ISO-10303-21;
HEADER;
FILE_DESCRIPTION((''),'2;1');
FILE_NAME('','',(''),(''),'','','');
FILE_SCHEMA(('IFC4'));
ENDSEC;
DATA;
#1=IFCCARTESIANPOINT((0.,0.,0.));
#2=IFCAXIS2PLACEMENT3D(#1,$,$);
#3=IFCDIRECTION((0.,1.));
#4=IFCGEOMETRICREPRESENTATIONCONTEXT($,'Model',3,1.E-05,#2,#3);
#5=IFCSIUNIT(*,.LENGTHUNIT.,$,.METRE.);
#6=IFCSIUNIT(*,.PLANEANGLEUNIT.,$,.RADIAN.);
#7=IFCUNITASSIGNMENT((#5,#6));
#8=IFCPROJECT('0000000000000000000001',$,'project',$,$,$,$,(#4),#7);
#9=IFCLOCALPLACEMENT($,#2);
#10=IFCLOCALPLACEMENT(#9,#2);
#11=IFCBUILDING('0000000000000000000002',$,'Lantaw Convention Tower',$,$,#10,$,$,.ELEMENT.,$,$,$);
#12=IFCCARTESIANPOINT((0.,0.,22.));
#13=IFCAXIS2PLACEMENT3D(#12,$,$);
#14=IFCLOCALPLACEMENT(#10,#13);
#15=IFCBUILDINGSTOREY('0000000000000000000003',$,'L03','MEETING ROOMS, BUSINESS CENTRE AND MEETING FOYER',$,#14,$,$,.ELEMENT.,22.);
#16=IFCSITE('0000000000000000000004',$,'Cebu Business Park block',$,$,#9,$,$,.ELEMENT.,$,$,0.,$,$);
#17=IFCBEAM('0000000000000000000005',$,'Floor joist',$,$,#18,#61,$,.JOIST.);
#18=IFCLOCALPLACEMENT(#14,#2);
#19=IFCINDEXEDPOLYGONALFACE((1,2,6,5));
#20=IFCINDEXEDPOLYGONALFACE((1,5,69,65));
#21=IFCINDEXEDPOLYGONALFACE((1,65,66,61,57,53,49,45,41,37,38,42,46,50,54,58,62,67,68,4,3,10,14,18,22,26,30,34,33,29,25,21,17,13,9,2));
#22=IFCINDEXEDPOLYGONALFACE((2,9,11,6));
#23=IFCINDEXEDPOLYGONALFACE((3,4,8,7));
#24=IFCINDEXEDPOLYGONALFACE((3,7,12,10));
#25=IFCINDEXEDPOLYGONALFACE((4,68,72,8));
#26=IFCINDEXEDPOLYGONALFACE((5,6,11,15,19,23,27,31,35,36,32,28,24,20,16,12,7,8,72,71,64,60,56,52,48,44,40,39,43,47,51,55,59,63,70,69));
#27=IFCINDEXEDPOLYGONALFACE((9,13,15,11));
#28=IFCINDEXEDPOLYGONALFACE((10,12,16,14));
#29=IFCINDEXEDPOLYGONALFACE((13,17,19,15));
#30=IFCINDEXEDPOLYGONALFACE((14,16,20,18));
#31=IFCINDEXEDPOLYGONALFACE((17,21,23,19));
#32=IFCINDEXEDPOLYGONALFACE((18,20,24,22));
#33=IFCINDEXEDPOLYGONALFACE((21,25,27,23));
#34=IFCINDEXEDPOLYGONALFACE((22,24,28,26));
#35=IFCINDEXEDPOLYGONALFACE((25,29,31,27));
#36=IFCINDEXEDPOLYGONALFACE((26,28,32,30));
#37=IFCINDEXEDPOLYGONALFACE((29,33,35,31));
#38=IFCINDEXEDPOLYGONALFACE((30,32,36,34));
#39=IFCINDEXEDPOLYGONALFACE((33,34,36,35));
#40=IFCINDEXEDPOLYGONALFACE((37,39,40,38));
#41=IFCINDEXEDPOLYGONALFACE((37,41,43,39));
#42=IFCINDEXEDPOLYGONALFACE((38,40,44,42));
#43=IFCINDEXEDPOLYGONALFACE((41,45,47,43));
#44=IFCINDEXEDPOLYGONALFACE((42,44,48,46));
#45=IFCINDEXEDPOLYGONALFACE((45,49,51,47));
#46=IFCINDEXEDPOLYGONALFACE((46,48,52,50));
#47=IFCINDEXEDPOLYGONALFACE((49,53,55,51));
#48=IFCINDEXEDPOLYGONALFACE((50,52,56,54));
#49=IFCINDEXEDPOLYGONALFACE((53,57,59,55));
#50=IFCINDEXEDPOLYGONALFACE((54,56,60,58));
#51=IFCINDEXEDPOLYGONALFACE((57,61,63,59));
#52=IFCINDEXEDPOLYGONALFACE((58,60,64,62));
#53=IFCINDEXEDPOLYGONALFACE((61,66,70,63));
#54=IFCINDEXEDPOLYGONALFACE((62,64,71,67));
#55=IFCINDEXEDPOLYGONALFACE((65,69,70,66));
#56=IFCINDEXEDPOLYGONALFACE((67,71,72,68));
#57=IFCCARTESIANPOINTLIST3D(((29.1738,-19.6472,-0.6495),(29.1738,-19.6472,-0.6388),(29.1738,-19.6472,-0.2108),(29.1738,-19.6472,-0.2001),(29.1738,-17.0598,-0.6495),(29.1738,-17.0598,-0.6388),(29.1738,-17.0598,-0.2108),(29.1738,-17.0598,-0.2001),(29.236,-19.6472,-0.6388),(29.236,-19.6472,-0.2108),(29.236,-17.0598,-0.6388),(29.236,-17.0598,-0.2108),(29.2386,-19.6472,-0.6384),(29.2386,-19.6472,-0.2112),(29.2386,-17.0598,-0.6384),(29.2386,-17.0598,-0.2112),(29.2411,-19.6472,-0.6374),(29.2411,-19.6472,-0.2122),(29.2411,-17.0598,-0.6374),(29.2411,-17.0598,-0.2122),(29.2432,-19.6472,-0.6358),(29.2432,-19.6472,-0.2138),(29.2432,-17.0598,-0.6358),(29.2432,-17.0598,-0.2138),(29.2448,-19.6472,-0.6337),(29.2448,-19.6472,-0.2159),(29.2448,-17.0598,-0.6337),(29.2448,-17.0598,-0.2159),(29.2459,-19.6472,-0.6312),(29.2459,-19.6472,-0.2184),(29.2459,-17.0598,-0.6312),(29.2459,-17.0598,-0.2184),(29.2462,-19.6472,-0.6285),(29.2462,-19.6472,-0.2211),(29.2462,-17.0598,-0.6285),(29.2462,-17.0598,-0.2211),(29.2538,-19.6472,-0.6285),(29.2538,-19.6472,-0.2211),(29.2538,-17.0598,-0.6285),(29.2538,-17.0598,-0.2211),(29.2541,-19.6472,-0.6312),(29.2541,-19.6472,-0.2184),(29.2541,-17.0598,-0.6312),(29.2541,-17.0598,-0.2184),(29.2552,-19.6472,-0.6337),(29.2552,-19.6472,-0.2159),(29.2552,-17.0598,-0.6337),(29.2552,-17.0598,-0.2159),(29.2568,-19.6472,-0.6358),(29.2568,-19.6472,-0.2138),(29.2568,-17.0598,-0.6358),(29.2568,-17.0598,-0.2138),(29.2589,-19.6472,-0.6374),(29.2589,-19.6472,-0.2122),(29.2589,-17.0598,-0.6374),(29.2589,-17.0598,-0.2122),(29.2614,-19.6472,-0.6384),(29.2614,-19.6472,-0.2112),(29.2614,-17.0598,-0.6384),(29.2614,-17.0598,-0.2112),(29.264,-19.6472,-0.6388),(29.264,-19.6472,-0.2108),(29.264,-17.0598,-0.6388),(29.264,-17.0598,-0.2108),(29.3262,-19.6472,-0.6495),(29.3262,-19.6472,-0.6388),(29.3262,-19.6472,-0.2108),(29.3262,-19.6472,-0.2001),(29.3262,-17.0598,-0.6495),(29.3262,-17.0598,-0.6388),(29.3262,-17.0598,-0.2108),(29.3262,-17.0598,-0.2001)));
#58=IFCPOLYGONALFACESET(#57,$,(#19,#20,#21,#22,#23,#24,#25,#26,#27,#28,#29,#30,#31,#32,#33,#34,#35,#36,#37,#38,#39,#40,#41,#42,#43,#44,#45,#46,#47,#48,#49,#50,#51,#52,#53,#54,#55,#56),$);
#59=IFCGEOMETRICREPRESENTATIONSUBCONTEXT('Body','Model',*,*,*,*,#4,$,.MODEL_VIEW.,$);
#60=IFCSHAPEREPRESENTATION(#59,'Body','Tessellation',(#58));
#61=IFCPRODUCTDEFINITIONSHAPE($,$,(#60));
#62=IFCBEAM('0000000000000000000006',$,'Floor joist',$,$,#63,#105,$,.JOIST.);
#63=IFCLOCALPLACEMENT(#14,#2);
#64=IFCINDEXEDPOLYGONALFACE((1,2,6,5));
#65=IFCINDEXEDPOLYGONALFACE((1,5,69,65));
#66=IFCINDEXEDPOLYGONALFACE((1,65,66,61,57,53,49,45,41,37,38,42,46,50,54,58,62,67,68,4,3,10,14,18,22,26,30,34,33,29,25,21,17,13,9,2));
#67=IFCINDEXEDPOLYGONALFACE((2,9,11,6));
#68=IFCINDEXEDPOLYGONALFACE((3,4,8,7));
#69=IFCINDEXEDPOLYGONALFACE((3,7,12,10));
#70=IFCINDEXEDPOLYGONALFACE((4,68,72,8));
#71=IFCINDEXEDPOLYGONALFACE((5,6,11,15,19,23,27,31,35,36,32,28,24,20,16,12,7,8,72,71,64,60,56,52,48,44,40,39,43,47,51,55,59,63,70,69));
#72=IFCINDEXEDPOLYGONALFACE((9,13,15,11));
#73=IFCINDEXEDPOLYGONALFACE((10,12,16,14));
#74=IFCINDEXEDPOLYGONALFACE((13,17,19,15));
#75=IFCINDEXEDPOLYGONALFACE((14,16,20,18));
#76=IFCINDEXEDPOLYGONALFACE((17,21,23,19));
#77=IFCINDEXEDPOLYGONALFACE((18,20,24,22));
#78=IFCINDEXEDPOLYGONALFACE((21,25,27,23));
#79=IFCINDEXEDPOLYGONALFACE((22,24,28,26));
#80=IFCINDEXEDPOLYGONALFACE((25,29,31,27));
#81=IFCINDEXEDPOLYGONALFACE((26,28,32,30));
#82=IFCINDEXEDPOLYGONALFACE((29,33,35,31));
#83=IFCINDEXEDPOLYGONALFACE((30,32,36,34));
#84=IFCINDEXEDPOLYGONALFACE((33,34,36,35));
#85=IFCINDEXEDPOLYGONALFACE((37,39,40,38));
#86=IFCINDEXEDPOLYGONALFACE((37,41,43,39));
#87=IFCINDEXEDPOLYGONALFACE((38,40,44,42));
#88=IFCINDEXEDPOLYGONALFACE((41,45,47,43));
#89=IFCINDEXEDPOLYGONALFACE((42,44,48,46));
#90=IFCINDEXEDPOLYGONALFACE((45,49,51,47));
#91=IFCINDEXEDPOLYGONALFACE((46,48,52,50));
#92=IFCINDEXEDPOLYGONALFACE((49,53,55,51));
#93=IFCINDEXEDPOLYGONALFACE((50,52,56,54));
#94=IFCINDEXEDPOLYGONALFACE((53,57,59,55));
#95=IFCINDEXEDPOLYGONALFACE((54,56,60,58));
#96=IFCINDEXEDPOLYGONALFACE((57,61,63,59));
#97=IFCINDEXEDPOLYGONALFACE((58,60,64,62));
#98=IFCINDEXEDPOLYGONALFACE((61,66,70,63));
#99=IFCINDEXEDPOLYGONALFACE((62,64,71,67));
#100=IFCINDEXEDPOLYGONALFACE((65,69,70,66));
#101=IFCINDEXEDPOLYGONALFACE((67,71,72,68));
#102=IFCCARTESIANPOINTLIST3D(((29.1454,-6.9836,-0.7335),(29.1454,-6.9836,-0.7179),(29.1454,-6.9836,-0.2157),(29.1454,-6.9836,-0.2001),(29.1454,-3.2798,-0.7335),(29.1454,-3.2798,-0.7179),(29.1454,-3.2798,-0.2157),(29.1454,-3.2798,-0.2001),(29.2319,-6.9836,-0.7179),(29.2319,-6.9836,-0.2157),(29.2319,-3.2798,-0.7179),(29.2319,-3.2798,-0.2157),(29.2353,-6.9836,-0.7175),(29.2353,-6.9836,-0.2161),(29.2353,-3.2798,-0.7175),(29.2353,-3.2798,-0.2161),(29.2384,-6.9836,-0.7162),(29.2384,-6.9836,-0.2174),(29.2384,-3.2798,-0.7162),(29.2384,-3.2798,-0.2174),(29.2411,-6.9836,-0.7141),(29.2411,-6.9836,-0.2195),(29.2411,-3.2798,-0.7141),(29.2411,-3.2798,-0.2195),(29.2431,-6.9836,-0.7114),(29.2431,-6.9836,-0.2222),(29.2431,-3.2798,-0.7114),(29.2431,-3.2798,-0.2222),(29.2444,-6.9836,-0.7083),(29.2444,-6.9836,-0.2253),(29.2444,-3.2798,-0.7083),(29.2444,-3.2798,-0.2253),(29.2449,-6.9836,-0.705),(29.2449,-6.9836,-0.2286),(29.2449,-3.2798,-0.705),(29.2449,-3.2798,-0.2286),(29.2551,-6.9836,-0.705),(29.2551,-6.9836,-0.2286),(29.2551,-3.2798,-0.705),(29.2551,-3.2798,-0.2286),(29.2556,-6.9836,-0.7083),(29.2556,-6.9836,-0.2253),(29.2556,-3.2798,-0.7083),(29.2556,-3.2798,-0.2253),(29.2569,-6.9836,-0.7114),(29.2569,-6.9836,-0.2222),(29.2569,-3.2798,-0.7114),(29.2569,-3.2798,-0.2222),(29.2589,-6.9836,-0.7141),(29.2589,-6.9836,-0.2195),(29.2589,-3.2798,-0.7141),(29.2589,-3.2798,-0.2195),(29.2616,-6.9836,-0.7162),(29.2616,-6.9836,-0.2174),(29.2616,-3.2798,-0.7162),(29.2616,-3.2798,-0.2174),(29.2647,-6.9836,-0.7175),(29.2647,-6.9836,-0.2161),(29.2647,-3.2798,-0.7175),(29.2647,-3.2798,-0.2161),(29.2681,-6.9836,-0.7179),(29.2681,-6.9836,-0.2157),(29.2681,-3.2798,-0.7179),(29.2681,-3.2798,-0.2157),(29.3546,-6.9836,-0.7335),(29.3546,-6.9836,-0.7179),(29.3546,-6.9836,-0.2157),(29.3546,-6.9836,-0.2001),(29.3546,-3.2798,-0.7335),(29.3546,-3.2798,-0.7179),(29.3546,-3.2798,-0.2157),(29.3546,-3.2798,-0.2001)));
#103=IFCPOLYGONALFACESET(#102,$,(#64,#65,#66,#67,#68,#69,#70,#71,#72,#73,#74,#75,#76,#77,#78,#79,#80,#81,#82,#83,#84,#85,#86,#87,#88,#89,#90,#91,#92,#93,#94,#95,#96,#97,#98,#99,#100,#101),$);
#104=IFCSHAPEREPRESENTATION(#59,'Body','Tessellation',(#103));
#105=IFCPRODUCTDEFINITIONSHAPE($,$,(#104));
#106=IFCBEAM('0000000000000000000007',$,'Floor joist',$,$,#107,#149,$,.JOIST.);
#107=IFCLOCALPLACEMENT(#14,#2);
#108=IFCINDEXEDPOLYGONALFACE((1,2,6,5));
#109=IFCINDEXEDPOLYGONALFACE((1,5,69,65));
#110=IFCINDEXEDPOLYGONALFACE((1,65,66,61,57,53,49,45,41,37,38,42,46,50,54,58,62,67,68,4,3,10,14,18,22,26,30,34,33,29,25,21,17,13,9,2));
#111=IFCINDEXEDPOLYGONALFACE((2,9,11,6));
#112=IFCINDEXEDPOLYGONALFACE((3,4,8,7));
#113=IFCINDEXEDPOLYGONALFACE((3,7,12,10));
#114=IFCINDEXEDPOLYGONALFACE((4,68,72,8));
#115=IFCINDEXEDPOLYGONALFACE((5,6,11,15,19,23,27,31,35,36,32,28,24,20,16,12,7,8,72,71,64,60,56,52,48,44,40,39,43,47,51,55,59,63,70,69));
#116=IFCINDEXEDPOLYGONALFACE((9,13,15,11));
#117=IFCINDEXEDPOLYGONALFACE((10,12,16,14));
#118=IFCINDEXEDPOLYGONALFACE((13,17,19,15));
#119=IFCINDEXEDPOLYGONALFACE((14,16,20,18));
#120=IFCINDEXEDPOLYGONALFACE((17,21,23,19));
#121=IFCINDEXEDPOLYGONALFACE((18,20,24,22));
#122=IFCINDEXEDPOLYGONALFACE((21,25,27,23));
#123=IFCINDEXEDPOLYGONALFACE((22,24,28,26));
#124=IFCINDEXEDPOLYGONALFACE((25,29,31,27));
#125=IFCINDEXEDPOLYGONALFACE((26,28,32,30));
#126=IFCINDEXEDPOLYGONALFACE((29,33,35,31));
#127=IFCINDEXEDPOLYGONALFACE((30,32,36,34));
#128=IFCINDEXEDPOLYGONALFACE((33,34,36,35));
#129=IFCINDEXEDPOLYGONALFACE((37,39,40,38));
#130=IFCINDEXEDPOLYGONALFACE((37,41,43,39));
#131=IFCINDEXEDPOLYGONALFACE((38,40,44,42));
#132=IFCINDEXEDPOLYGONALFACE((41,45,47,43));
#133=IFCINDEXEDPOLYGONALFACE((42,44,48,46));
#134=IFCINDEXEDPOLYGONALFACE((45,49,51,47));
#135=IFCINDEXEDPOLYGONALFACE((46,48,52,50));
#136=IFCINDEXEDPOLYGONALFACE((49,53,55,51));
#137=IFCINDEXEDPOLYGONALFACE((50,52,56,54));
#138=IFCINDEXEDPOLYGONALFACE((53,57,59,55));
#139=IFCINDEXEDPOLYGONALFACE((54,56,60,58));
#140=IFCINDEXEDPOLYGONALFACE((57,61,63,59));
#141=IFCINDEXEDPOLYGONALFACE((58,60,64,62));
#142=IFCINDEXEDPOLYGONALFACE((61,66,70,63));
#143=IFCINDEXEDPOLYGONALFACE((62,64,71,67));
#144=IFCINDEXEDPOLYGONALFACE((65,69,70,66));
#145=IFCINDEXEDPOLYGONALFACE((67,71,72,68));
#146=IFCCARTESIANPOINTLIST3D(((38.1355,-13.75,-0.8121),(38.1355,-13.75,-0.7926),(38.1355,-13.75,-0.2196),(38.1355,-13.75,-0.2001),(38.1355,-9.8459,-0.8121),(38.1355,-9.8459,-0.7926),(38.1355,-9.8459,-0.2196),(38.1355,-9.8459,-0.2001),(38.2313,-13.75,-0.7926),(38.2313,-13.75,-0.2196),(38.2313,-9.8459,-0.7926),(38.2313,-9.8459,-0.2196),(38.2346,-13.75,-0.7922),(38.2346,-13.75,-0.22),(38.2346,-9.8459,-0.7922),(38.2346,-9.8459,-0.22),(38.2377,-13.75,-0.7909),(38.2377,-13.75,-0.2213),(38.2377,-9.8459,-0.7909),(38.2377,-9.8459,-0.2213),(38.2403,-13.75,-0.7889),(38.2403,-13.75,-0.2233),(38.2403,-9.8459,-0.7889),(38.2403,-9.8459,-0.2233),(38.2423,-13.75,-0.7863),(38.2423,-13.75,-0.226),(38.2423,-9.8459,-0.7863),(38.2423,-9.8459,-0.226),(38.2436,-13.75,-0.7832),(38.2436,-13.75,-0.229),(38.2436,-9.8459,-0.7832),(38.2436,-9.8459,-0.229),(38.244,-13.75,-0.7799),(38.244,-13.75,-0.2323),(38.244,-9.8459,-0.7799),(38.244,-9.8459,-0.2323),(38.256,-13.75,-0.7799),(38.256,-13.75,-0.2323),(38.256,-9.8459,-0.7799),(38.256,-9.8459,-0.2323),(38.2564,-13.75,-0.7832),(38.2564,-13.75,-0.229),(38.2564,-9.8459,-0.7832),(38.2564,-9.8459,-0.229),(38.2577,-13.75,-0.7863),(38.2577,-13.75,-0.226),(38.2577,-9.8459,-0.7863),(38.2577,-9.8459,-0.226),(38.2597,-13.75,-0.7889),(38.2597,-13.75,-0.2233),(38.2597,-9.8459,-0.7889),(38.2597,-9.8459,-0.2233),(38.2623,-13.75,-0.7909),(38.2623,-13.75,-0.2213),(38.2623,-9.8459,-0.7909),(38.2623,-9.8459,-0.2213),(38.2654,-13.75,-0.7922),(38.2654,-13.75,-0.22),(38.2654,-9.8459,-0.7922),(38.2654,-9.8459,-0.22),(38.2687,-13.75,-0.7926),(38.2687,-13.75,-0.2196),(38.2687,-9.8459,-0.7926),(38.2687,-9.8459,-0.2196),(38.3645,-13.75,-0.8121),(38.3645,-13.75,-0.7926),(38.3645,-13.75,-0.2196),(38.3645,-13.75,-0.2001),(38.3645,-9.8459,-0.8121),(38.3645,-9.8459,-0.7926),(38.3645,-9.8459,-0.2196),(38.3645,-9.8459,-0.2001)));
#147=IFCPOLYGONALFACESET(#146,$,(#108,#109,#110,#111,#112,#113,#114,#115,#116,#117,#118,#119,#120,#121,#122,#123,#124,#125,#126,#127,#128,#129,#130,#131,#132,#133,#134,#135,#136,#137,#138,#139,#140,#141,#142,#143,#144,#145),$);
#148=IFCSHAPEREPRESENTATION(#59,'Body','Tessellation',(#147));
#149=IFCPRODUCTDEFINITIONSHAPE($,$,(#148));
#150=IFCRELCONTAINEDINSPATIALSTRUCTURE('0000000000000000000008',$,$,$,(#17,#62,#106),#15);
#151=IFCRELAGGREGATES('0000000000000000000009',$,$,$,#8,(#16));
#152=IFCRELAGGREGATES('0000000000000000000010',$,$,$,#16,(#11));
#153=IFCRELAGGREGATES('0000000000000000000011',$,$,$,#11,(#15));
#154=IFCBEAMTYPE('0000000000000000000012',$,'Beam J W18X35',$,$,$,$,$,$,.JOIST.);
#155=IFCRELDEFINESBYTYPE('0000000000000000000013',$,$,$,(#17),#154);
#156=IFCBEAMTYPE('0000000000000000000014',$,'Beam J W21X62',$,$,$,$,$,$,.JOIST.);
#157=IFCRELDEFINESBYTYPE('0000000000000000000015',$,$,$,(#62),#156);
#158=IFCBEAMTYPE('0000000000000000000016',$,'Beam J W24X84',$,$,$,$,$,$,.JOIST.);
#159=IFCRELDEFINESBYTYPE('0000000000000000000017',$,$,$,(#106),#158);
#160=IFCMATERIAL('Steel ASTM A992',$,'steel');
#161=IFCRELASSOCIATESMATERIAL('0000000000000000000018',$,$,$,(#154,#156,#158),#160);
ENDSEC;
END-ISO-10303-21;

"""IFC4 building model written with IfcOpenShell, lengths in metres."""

from ifc_helpers import new_model, si_unit, direction, frame, origin, origin_2d, place, context, subcontext, project, spatial, i_section, extrude, material, material_profile, profile_set, type_object, element, save


model = new_model("IFC4")

# Units and contexts
model_context = context("Model", 3, precision=1e-05, world=origin(), true_north=direction((0.0, 1.0)))
body_context = subcontext(model_context, "Body", "Model", "MODEL_VIEW")
ifc_project = project(units=[si_unit("LENGTHUNIT", "METRE"), si_unit("PLANEANGLEUNIT", "RADIAN")], contexts=[model_context])

# Site, building, storey
site_placement = place(None, origin())
site = spatial("IfcSite", under=ifc_project, at=site_placement, Name="Cebu Business Park block", CompositionType="ELEMENT", RefElevation=0.0)
building_placement = place(site_placement, origin())
building = spatial("IfcBuilding", under=site, at=building_placement, Name="Lantaw Convention Tower", CompositionType="ELEMENT")
storey_placement = place(building_placement, frame((0.0, 0.0, 22.0)))
storey = spatial("IfcBuildingStorey", under=building, at=storey_placement, Name="L03", Description="MEETING ROOMS, BUSINESS CENTRE AND MEETING FOYER", CompositionType="ELEMENT", Elevation=22.0)

# Beams
ifc_material_1 = material(Name="Steel ASTM A992", Category="steel")
ifc_material_profile_1 = material_profile(ifc_material_1, i_section(OverallWidth=0.1523, OverallDepth=0.4495, WebThickness=0.0076, FlangeThickness=0.0107, FilletRadius=0.0103, at=origin_2d()), Name="W18X35")
ifc_profile_set_1 = profile_set([ifc_material_profile_1], Name="Steel ASTM A992")
beam_type_1 = type_object("IfcBeamType", Name="Beam J W18X35", PredefinedType="JOIST", material=ifc_profile_set_1)
beam_1_placement = place(storey_placement, frame((29.25, -19.6472, -0.4248), z_axis=(0.0, 1.0, 0.0), x_axis=(-1.0, 0.0, 0.0)))
element("IfcBeam", 1, at=beam_1_placement, inside=storey, type_object=beam_type_1, Name="Floor joist", PredefinedType="JOIST", context=body_context, shape_type="SweptSolid", body=[
    extrude(i_section(OverallWidth=0.1523, OverallDepth=0.4495, WebThickness=0.0076, FlangeThickness=0.0107, FilletRadius=0.0103, at=origin_2d()), origin(), (0.0, 0.0, 1.0), 2.5874),
])
ifc_material_profile_2 = material_profile(ifc_material_1, i_section(OverallWidth=0.2092, OverallDepth=0.5334, WebThickness=0.0103, FlangeThickness=0.0156, FilletRadius=0.0129, at=origin_2d()), Name="W21X62")
ifc_profile_set_2 = profile_set([ifc_material_profile_2], Name="Steel ASTM A992")
beam_type_2 = type_object("IfcBeamType", Name="Beam J W21X62", PredefinedType="JOIST", material=ifc_profile_set_2)
beam_2_placement = place(storey_placement, frame((29.25, -6.9836, -0.4668), z_axis=(0.0, 1.0, 0.0), x_axis=(-1.0, 0.0, 0.0)))
element("IfcBeam", 2, at=beam_2_placement, inside=storey, type_object=beam_type_2, Name="Floor joist", PredefinedType="JOIST", context=body_context, shape_type="SweptSolid", body=[
    extrude(i_section(OverallWidth=0.2092, OverallDepth=0.5334, WebThickness=0.0103, FlangeThickness=0.0156, FilletRadius=0.0129, at=origin_2d()), origin(), (0.0, 0.0, 1.0), 3.7039),
])
ifc_material_profile_3 = material_profile(ifc_material_1, i_section(OverallWidth=0.229, OverallDepth=0.6121, WebThickness=0.012, FlangeThickness=0.0195, FilletRadius=0.0127, at=origin_2d()), Name="W24X84")
ifc_profile_set_3 = profile_set([ifc_material_profile_3], Name="Steel ASTM A992")
beam_type_3 = type_object("IfcBeamType", Name="Beam J W24X84", PredefinedType="JOIST", material=ifc_profile_set_3)
beam_3_placement = place(storey_placement, frame((38.25, -13.75, -0.5061), z_axis=(0.0, 1.0, 0.0), x_axis=(-1.0, 0.0, 0.0)))
element("IfcBeam", 3, at=beam_3_placement, inside=storey, type_object=beam_type_3, Name="Floor joist", PredefinedType="JOIST", context=body_context, shape_type="SweptSolid", body=[
    extrude(i_section(OverallWidth=0.229, OverallDepth=0.6121, WebThickness=0.012, FlangeThickness=0.0195, FilletRadius=0.0127, at=origin_2d()), origin(), (0.0, 0.0, 1.0), 3.9041),
])

save(model, "model.ifc")
